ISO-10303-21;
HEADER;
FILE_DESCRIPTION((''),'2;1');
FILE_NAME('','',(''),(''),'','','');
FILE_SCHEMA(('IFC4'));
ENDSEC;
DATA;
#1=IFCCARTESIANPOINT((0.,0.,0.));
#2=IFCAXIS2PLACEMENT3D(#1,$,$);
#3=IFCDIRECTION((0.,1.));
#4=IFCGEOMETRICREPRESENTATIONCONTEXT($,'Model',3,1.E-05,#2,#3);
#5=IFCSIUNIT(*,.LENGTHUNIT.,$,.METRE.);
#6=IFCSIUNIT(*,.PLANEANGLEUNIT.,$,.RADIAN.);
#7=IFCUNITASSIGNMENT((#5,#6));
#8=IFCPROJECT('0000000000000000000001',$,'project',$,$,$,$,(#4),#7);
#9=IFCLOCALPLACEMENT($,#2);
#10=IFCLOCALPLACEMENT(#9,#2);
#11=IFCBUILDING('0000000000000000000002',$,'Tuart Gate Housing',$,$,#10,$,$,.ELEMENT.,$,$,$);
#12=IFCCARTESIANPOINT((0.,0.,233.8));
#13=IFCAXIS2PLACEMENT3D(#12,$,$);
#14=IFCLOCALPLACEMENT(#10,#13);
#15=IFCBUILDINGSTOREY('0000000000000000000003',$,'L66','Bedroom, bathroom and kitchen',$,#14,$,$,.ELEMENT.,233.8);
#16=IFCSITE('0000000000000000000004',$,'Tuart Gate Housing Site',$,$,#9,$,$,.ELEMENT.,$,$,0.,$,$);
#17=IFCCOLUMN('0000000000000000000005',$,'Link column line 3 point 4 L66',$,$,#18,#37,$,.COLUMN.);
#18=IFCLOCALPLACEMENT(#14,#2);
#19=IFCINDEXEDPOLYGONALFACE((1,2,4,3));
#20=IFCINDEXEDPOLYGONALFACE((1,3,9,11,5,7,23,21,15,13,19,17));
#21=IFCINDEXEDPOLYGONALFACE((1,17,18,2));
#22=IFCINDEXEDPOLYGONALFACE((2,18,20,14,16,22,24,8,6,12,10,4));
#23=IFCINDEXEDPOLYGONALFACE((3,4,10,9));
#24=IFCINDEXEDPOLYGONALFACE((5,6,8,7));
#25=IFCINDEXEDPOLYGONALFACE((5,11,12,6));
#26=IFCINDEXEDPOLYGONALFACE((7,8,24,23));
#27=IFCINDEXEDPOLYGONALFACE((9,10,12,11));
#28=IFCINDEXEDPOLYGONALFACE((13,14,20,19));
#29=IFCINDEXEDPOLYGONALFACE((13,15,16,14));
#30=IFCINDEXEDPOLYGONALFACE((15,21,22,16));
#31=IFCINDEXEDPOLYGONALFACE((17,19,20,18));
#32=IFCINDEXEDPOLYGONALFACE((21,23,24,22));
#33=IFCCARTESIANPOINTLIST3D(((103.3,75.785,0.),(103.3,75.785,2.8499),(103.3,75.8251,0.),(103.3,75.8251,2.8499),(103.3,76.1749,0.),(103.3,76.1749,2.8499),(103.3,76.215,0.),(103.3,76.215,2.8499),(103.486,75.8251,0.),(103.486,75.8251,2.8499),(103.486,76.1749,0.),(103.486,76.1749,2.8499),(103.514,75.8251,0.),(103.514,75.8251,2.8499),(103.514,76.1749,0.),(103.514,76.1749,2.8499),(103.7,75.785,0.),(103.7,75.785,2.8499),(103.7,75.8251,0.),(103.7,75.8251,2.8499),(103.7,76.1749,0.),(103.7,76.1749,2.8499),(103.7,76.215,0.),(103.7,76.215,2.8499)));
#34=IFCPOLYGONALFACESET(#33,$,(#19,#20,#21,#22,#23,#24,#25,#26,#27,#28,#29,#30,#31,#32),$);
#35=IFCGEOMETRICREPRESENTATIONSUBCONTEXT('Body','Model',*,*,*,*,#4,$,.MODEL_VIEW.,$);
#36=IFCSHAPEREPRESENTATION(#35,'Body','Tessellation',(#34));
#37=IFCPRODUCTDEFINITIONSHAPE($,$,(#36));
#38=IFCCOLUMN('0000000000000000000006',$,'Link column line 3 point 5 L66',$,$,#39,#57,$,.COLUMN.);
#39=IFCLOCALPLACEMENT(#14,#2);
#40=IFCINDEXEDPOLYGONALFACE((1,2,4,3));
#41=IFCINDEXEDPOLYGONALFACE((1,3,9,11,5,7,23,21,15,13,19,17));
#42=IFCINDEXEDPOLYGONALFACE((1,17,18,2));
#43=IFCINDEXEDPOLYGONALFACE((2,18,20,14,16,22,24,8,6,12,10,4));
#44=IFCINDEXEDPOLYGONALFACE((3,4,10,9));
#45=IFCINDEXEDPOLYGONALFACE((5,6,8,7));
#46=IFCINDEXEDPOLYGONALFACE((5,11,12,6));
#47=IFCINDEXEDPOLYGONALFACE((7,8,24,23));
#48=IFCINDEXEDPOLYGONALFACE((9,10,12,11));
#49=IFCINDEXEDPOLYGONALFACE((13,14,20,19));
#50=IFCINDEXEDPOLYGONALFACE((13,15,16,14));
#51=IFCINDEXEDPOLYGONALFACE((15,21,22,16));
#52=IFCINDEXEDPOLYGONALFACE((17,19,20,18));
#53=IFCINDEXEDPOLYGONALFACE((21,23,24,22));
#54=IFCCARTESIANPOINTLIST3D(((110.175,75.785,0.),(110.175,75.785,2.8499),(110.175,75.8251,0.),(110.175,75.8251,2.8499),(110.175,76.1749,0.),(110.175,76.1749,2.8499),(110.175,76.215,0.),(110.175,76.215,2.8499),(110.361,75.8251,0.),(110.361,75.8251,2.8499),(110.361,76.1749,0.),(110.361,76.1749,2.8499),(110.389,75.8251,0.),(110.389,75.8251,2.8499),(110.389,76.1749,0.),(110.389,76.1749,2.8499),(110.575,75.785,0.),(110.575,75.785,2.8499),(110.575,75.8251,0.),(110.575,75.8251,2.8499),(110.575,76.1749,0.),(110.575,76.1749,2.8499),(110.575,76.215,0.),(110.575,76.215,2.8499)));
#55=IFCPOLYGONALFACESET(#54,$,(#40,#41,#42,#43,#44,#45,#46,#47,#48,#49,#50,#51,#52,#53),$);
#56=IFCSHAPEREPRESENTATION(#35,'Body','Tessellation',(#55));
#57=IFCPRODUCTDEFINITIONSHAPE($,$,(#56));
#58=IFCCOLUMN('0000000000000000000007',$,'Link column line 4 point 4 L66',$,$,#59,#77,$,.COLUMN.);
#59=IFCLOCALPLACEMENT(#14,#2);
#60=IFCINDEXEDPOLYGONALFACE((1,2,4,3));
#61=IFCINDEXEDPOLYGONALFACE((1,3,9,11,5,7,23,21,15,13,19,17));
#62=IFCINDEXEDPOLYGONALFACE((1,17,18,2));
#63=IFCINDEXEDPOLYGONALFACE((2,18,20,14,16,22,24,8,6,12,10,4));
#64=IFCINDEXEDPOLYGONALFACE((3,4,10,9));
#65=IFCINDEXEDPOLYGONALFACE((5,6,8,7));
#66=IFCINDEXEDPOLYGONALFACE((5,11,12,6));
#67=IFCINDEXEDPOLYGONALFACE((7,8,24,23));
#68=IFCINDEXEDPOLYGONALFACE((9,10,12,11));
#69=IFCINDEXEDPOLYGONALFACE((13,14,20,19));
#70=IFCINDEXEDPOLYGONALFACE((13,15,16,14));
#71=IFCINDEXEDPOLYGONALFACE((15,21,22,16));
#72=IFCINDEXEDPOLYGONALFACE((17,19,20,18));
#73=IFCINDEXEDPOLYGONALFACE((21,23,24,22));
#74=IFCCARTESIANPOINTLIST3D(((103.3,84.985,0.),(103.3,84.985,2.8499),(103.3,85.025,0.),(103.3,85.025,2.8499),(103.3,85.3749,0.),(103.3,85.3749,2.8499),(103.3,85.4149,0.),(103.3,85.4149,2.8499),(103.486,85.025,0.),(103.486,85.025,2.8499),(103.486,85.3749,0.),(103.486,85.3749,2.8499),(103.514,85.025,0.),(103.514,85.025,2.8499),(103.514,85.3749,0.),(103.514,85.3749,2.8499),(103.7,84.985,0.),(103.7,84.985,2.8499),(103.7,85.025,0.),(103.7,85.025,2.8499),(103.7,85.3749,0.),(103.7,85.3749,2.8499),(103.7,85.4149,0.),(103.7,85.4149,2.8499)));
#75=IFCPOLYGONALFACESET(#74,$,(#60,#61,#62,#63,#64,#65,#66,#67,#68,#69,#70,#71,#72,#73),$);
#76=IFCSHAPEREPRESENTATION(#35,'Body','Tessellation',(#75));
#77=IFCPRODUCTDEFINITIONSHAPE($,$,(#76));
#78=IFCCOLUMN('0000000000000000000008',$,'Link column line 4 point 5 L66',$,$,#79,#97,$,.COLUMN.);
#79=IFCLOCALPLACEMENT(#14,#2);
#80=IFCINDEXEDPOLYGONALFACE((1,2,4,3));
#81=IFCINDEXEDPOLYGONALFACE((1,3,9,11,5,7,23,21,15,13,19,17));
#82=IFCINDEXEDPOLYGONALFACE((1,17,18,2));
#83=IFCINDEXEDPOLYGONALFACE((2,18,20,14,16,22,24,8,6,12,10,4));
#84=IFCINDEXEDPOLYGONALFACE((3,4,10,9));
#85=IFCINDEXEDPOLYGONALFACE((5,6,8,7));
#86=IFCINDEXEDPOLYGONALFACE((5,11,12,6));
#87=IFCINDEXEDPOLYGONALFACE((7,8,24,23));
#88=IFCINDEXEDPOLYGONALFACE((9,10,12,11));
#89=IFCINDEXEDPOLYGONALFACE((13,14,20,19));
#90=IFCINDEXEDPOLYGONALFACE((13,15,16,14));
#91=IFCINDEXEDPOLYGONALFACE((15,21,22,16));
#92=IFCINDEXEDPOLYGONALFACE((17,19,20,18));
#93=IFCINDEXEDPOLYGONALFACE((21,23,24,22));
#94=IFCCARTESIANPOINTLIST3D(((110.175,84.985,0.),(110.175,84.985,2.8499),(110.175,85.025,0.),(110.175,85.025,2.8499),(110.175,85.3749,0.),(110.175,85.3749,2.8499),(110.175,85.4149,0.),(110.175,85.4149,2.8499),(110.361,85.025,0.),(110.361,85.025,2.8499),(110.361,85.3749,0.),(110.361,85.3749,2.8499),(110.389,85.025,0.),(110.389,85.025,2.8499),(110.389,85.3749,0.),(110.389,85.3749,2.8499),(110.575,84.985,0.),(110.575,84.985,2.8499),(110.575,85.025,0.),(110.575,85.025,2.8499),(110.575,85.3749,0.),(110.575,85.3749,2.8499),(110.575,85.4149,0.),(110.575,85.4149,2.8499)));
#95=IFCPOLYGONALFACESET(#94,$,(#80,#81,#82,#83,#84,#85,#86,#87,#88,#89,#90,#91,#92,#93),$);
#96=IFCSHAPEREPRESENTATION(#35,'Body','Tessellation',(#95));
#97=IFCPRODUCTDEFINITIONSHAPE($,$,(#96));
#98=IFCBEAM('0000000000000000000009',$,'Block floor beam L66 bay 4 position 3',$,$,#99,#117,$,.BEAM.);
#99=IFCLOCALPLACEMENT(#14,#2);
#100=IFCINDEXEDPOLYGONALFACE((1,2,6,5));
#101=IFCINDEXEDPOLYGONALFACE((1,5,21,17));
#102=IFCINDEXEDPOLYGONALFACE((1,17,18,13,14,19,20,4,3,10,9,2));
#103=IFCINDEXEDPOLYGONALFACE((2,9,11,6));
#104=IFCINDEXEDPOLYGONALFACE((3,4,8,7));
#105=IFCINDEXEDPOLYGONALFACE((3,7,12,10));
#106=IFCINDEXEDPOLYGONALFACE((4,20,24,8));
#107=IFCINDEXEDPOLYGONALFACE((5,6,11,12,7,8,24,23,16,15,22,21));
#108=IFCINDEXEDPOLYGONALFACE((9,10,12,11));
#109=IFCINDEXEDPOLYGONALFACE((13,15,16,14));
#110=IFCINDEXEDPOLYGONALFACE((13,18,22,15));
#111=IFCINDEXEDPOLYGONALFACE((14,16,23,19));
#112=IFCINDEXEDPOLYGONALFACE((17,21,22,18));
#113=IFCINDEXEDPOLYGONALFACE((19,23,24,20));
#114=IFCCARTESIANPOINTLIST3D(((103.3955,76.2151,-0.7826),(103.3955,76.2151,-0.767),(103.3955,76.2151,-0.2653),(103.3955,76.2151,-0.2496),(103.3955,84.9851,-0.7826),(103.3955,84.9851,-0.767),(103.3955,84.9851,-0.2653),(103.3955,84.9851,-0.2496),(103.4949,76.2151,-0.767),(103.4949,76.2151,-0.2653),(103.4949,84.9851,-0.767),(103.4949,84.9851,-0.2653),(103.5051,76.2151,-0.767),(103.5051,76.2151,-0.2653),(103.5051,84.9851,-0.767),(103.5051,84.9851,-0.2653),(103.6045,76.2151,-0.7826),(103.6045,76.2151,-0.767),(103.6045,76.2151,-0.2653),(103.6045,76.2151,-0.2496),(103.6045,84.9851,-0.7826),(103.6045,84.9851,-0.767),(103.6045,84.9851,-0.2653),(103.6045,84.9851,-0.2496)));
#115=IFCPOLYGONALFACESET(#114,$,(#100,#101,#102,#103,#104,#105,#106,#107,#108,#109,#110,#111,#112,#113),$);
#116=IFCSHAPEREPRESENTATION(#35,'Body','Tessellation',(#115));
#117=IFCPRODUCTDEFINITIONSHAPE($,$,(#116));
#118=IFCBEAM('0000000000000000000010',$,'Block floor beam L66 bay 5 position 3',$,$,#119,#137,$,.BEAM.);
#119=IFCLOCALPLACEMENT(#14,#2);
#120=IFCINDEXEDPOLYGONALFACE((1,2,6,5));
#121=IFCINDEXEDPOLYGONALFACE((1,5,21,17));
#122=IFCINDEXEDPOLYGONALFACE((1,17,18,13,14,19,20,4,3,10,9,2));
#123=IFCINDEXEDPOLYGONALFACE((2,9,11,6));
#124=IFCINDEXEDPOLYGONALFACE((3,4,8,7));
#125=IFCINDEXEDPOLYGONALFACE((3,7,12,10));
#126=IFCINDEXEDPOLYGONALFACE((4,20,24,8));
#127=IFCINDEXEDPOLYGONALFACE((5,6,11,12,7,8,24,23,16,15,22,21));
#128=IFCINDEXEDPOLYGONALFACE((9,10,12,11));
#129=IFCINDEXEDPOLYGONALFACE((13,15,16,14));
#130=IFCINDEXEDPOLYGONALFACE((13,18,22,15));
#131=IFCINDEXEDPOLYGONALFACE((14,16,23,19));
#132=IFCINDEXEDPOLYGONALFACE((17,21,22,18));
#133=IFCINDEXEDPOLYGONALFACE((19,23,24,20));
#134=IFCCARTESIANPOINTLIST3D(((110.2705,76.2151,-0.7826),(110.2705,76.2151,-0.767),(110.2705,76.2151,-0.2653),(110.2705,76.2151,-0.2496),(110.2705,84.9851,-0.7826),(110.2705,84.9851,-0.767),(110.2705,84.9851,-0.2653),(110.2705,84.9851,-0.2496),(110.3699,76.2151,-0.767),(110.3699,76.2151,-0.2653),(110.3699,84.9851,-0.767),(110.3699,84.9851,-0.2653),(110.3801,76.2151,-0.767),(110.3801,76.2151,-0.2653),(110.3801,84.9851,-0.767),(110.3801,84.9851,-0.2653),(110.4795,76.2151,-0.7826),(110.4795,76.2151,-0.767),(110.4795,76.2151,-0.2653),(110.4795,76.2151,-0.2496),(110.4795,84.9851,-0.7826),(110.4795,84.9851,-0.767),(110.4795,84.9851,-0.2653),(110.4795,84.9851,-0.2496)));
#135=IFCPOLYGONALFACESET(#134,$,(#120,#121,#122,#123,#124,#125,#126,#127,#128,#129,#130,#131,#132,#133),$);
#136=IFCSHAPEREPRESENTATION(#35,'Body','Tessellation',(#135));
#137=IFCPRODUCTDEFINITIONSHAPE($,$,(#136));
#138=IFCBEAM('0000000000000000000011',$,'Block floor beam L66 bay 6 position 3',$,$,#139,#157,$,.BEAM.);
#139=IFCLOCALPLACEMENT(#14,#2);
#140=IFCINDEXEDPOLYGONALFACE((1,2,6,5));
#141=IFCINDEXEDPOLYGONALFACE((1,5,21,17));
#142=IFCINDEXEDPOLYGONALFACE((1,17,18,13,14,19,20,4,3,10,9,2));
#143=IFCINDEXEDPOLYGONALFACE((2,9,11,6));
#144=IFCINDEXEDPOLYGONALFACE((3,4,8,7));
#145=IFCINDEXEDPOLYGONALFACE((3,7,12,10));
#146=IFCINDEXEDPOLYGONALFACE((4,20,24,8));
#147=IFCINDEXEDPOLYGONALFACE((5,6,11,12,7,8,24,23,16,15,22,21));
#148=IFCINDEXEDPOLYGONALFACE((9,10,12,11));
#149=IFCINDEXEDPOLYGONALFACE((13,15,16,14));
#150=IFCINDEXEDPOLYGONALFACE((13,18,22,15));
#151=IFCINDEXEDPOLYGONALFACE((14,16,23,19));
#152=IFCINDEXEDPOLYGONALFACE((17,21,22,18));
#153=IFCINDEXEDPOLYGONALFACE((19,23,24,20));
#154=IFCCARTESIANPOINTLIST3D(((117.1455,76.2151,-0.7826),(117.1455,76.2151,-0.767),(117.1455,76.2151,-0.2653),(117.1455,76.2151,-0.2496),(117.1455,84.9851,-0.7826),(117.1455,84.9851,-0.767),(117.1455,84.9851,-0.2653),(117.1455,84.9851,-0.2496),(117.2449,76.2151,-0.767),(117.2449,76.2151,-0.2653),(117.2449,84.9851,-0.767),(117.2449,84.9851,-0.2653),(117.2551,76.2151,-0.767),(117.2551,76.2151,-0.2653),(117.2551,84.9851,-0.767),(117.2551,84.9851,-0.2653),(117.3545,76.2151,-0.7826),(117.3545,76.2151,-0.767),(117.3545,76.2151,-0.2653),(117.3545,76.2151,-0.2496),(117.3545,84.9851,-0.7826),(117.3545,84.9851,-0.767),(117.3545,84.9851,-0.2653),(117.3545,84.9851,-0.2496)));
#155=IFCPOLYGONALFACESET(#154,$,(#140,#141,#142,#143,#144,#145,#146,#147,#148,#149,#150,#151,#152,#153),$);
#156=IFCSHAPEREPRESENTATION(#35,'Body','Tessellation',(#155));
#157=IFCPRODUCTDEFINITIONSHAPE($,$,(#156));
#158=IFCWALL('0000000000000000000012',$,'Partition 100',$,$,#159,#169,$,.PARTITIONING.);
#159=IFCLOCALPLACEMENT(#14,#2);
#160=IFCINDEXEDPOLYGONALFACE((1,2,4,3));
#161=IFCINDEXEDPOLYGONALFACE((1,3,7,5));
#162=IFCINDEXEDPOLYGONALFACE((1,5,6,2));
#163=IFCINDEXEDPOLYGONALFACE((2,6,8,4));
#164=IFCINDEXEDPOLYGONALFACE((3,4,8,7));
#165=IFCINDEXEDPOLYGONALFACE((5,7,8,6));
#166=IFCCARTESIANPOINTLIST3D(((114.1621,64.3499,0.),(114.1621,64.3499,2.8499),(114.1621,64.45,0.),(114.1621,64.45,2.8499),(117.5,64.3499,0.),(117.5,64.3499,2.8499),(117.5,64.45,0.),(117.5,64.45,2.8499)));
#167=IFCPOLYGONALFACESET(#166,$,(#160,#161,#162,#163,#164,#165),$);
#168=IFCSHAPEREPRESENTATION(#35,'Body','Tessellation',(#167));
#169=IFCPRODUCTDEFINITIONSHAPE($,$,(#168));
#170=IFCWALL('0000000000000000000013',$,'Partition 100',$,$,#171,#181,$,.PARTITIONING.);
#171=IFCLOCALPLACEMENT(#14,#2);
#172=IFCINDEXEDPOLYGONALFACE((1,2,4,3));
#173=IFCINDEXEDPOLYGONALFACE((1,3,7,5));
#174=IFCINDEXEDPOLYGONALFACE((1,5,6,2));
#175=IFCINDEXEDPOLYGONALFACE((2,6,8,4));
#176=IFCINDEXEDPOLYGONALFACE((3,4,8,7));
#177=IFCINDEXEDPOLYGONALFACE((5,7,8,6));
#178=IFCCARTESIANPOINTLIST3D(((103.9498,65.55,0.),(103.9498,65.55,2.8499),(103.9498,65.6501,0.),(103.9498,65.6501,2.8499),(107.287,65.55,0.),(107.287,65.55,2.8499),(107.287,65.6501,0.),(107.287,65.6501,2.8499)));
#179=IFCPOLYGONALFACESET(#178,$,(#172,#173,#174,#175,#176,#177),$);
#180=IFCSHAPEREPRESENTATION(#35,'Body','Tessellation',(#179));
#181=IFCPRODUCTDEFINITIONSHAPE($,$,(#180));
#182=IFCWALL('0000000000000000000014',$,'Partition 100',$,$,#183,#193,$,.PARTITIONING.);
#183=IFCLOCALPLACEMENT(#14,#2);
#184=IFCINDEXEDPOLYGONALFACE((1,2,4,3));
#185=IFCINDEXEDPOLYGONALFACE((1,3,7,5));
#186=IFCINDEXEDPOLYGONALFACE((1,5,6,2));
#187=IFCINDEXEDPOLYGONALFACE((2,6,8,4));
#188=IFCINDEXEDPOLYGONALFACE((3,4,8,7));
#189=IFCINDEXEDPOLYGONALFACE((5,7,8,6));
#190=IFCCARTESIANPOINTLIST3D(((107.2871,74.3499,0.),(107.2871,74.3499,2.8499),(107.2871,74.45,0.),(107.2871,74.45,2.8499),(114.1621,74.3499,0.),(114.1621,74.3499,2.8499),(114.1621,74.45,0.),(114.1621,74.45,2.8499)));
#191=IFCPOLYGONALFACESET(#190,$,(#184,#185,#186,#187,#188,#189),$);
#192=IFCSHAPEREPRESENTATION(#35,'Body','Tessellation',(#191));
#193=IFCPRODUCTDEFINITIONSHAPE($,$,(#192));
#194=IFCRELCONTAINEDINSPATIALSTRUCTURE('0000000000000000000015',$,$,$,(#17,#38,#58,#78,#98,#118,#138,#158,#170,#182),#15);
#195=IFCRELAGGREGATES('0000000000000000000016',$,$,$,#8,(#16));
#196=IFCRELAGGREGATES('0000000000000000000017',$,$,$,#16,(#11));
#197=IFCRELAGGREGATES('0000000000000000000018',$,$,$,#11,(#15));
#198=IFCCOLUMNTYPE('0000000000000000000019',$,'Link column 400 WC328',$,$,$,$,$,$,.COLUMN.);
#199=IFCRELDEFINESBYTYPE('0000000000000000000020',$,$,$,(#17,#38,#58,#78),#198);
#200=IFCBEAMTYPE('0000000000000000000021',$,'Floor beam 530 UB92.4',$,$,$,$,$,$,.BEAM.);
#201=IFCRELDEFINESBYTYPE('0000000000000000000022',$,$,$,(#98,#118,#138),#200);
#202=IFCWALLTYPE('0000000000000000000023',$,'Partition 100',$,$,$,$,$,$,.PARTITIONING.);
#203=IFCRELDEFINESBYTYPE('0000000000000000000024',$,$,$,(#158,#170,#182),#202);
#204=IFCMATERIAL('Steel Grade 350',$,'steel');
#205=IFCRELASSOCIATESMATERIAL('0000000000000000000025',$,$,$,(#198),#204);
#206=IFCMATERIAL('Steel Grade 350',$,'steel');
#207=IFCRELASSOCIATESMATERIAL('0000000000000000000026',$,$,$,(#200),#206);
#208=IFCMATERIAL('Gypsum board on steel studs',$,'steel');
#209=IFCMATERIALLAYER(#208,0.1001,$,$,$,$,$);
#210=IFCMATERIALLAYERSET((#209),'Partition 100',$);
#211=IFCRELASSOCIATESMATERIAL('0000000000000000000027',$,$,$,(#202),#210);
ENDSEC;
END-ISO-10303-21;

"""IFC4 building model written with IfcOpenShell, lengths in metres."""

from ifc_helpers import new_model, si_unit, direction, frame, frame_2d, origin, origin_2d, place, context, subcontext, project, spatial, rectangle, i_section, extrude, material, layer, layer_set, material_profile, profile_set, type_object, element, save


model = new_model("IFC4")

# Units and contexts
model_context = context("Model", 3, precision=1e-05, world=origin(), true_north=direction((0.0, 1.0)))
body_context = subcontext(model_context, "Body", "Model", "MODEL_VIEW")
ifc_project = project(units=[si_unit("LENGTHUNIT", "METRE"), si_unit("PLANEANGLEUNIT", "RADIAN")], contexts=[model_context])

# Site, building, storey
site_placement = place(None, origin())
site = spatial("IfcSite", under=ifc_project, at=site_placement, Name="Tuart Gate Housing Site", CompositionType="ELEMENT", RefElevation=0.0)
building_placement = place(site_placement, origin())
building = spatial("IfcBuilding", under=site, at=building_placement, Name="Tuart Gate Housing", CompositionType="ELEMENT")
storey_placement = place(building_placement, frame((0.0, 0.0, 233.8)))
storey = spatial("IfcBuildingStorey", under=building, at=storey_placement, Name="L66", Description="Bedroom, bathroom and kitchen", CompositionType="ELEMENT", Elevation=233.8)

# Columns
ifc_material_1 = material(Name="Steel Grade 350", Category="steel")
ifc_material_profile_1 = material_profile(ifc_material_1, i_section(OverallWidth=0.3999, OverallDepth=0.4299, WebThickness=0.0281, FlangeThickness=0.04, at=origin_2d()), Name="400WC328")
ifc_profile_set_1 = profile_set([ifc_material_profile_1], Name="Steel Grade 350")
column_type = type_object("IfcColumnType", Name="Link column 400 WC328", PredefinedType="COLUMN", material=ifc_profile_set_1)
for number, where, z_axis, x_axis, name in (
    (1, (103.5, 76.0, 0.0), (0.0, 0.0, 1.0), (1.0, 0.0, 0.0), "Link column line 3 point 4 L66"),
    (2, (110.375, 76.0, 0.0), (0.0, 0.0, 1.0), (1.0, 0.0, 0.0), "Link column line 3 point 5 L66"),
    (3, (103.5, 85.2, 0.0), (0.0, 0.0, 1.0), (1.0, 0.0, 0.0), "Link column line 4 point 4 L66"),
    (4, (110.375, 85.2, 0.0), (0.0, 0.0, 1.0), (1.0, 0.0, 0.0), "Link column line 4 point 5 L66"),
):
    element("IfcColumn", number, at=place(storey_placement, frame(where, z_axis=z_axis, x_axis=x_axis)), inside=storey, type_object=column_type, Name=name, PredefinedType="COLUMN", context=body_context, shape_type="SweptSolid", body=[
        extrude(i_section(OverallWidth=0.3999, OverallDepth=0.4299, WebThickness=0.0281, FlangeThickness=0.04, at=origin_2d()), origin(), (0.0, 0.0, 1.0), 2.8499),
    ])

# Beams
ifc_material_2 = material(Name="Steel Grade 350", Category="steel")
ifc_material_profile_2 = material_profile(ifc_material_2, i_section(OverallWidth=0.209, OverallDepth=0.533, WebThickness=0.0103, FlangeThickness=0.0156, at=origin_2d()), Name="530UB92.4")
ifc_profile_set_2 = profile_set([ifc_material_profile_2], Name="Steel Grade 350")
beam_type = type_object("IfcBeamType", Name="Floor beam 530 UB92.4", PredefinedType="BEAM", material=ifc_profile_set_2)
for number, where, z_axis, x_axis, name in (
    (5, (103.5, 76.2151, -0.5161), (0.0, 1.0, 0.0), (-1.0, 0.0, 0.0), "Block floor beam L66 bay 4 position 3"),
    (6, (110.375, 76.2151, -0.5161), (0.0, 1.0, 0.0), (-1.0, 0.0, 0.0), "Block floor beam L66 bay 5 position 3"),
    (7, (117.25, 76.2151, -0.5161), (0.0, 1.0, 0.0), (-1.0, 0.0, 0.0), "Block floor beam L66 bay 6 position 3"),
):
    element("IfcBeam", number, at=place(storey_placement, frame(where, z_axis=z_axis, x_axis=x_axis)), inside=storey, type_object=beam_type, Name=name, PredefinedType="BEAM", context=body_context, shape_type="SweptSolid", body=[
        extrude(i_section(OverallWidth=0.209, OverallDepth=0.533, WebThickness=0.0103, FlangeThickness=0.0156, at=origin_2d()), origin(), (0.0, 0.0, 1.0), 8.77),
    ])

# Walls
ifc_material_3 = material(Name="Gypsum board on steel studs", Category="steel")
ifc_layer_1 = layer(ifc_material_3, 0.1001)
ifc_layer_set_1 = layer_set([ifc_layer_1], Name="Partition 100")
wall_type_1 = type_object("IfcWallType", Name="Partition 100", PredefinedType="PARTITIONING", material=ifc_layer_set_1)
wall_1_placement = place(storey_placement, frame((114.1621, 64.3999, 0.0), z_axis=(0.0, 0.0, 1.0), x_axis=(1.0, 0.0, 0.0)))
element("IfcWall", 8, at=wall_1_placement, inside=storey, type_object=wall_type_1, Name="Partition 100", PredefinedType="PARTITIONING", context=body_context, shape_type="SweptSolid", body=[
    extrude(rectangle(XDim=3.3379, YDim=0.1001, at=frame_2d((1.6689, 0.0))), origin(), (0.0, 0.0, 1.0), 2.8499),
])
wall_2_placement = place(storey_placement, frame((103.95, 65.6001, 0.0), z_axis=(0.0, 0.0, 1.0), x_axis=(1.0, 0.0, 0.0)))
element("IfcWall", 9, at=wall_2_placement, inside=storey, type_object=wall_type_1, Name="Partition 100", PredefinedType="PARTITIONING", context=body_context, shape_type="SweptSolid", body=[
    extrude(rectangle(XDim=3.3372, YDim=0.1001, at=frame_2d((1.6685, 0.0))), origin(), (0.0, 0.0, 1.0), 2.8499),
])
wall_3_placement = place(storey_placement, frame((107.2871, 74.3999, 0.0), z_axis=(0.0, 0.0, 1.0), x_axis=(1.0, 0.0, 0.0)))
element("IfcWall", 10, at=wall_3_placement, inside=storey, type_object=wall_type_1, Name="Partition 100", PredefinedType="PARTITIONING", context=body_context, shape_type="SweptSolid", body=[
    extrude(rectangle(XDim=6.875, YDim=0.1001, at=frame_2d((3.4375, 0.0))), origin(), (0.0, 0.0, 1.0), 2.8499),
])

save(model, "model.ifc")
